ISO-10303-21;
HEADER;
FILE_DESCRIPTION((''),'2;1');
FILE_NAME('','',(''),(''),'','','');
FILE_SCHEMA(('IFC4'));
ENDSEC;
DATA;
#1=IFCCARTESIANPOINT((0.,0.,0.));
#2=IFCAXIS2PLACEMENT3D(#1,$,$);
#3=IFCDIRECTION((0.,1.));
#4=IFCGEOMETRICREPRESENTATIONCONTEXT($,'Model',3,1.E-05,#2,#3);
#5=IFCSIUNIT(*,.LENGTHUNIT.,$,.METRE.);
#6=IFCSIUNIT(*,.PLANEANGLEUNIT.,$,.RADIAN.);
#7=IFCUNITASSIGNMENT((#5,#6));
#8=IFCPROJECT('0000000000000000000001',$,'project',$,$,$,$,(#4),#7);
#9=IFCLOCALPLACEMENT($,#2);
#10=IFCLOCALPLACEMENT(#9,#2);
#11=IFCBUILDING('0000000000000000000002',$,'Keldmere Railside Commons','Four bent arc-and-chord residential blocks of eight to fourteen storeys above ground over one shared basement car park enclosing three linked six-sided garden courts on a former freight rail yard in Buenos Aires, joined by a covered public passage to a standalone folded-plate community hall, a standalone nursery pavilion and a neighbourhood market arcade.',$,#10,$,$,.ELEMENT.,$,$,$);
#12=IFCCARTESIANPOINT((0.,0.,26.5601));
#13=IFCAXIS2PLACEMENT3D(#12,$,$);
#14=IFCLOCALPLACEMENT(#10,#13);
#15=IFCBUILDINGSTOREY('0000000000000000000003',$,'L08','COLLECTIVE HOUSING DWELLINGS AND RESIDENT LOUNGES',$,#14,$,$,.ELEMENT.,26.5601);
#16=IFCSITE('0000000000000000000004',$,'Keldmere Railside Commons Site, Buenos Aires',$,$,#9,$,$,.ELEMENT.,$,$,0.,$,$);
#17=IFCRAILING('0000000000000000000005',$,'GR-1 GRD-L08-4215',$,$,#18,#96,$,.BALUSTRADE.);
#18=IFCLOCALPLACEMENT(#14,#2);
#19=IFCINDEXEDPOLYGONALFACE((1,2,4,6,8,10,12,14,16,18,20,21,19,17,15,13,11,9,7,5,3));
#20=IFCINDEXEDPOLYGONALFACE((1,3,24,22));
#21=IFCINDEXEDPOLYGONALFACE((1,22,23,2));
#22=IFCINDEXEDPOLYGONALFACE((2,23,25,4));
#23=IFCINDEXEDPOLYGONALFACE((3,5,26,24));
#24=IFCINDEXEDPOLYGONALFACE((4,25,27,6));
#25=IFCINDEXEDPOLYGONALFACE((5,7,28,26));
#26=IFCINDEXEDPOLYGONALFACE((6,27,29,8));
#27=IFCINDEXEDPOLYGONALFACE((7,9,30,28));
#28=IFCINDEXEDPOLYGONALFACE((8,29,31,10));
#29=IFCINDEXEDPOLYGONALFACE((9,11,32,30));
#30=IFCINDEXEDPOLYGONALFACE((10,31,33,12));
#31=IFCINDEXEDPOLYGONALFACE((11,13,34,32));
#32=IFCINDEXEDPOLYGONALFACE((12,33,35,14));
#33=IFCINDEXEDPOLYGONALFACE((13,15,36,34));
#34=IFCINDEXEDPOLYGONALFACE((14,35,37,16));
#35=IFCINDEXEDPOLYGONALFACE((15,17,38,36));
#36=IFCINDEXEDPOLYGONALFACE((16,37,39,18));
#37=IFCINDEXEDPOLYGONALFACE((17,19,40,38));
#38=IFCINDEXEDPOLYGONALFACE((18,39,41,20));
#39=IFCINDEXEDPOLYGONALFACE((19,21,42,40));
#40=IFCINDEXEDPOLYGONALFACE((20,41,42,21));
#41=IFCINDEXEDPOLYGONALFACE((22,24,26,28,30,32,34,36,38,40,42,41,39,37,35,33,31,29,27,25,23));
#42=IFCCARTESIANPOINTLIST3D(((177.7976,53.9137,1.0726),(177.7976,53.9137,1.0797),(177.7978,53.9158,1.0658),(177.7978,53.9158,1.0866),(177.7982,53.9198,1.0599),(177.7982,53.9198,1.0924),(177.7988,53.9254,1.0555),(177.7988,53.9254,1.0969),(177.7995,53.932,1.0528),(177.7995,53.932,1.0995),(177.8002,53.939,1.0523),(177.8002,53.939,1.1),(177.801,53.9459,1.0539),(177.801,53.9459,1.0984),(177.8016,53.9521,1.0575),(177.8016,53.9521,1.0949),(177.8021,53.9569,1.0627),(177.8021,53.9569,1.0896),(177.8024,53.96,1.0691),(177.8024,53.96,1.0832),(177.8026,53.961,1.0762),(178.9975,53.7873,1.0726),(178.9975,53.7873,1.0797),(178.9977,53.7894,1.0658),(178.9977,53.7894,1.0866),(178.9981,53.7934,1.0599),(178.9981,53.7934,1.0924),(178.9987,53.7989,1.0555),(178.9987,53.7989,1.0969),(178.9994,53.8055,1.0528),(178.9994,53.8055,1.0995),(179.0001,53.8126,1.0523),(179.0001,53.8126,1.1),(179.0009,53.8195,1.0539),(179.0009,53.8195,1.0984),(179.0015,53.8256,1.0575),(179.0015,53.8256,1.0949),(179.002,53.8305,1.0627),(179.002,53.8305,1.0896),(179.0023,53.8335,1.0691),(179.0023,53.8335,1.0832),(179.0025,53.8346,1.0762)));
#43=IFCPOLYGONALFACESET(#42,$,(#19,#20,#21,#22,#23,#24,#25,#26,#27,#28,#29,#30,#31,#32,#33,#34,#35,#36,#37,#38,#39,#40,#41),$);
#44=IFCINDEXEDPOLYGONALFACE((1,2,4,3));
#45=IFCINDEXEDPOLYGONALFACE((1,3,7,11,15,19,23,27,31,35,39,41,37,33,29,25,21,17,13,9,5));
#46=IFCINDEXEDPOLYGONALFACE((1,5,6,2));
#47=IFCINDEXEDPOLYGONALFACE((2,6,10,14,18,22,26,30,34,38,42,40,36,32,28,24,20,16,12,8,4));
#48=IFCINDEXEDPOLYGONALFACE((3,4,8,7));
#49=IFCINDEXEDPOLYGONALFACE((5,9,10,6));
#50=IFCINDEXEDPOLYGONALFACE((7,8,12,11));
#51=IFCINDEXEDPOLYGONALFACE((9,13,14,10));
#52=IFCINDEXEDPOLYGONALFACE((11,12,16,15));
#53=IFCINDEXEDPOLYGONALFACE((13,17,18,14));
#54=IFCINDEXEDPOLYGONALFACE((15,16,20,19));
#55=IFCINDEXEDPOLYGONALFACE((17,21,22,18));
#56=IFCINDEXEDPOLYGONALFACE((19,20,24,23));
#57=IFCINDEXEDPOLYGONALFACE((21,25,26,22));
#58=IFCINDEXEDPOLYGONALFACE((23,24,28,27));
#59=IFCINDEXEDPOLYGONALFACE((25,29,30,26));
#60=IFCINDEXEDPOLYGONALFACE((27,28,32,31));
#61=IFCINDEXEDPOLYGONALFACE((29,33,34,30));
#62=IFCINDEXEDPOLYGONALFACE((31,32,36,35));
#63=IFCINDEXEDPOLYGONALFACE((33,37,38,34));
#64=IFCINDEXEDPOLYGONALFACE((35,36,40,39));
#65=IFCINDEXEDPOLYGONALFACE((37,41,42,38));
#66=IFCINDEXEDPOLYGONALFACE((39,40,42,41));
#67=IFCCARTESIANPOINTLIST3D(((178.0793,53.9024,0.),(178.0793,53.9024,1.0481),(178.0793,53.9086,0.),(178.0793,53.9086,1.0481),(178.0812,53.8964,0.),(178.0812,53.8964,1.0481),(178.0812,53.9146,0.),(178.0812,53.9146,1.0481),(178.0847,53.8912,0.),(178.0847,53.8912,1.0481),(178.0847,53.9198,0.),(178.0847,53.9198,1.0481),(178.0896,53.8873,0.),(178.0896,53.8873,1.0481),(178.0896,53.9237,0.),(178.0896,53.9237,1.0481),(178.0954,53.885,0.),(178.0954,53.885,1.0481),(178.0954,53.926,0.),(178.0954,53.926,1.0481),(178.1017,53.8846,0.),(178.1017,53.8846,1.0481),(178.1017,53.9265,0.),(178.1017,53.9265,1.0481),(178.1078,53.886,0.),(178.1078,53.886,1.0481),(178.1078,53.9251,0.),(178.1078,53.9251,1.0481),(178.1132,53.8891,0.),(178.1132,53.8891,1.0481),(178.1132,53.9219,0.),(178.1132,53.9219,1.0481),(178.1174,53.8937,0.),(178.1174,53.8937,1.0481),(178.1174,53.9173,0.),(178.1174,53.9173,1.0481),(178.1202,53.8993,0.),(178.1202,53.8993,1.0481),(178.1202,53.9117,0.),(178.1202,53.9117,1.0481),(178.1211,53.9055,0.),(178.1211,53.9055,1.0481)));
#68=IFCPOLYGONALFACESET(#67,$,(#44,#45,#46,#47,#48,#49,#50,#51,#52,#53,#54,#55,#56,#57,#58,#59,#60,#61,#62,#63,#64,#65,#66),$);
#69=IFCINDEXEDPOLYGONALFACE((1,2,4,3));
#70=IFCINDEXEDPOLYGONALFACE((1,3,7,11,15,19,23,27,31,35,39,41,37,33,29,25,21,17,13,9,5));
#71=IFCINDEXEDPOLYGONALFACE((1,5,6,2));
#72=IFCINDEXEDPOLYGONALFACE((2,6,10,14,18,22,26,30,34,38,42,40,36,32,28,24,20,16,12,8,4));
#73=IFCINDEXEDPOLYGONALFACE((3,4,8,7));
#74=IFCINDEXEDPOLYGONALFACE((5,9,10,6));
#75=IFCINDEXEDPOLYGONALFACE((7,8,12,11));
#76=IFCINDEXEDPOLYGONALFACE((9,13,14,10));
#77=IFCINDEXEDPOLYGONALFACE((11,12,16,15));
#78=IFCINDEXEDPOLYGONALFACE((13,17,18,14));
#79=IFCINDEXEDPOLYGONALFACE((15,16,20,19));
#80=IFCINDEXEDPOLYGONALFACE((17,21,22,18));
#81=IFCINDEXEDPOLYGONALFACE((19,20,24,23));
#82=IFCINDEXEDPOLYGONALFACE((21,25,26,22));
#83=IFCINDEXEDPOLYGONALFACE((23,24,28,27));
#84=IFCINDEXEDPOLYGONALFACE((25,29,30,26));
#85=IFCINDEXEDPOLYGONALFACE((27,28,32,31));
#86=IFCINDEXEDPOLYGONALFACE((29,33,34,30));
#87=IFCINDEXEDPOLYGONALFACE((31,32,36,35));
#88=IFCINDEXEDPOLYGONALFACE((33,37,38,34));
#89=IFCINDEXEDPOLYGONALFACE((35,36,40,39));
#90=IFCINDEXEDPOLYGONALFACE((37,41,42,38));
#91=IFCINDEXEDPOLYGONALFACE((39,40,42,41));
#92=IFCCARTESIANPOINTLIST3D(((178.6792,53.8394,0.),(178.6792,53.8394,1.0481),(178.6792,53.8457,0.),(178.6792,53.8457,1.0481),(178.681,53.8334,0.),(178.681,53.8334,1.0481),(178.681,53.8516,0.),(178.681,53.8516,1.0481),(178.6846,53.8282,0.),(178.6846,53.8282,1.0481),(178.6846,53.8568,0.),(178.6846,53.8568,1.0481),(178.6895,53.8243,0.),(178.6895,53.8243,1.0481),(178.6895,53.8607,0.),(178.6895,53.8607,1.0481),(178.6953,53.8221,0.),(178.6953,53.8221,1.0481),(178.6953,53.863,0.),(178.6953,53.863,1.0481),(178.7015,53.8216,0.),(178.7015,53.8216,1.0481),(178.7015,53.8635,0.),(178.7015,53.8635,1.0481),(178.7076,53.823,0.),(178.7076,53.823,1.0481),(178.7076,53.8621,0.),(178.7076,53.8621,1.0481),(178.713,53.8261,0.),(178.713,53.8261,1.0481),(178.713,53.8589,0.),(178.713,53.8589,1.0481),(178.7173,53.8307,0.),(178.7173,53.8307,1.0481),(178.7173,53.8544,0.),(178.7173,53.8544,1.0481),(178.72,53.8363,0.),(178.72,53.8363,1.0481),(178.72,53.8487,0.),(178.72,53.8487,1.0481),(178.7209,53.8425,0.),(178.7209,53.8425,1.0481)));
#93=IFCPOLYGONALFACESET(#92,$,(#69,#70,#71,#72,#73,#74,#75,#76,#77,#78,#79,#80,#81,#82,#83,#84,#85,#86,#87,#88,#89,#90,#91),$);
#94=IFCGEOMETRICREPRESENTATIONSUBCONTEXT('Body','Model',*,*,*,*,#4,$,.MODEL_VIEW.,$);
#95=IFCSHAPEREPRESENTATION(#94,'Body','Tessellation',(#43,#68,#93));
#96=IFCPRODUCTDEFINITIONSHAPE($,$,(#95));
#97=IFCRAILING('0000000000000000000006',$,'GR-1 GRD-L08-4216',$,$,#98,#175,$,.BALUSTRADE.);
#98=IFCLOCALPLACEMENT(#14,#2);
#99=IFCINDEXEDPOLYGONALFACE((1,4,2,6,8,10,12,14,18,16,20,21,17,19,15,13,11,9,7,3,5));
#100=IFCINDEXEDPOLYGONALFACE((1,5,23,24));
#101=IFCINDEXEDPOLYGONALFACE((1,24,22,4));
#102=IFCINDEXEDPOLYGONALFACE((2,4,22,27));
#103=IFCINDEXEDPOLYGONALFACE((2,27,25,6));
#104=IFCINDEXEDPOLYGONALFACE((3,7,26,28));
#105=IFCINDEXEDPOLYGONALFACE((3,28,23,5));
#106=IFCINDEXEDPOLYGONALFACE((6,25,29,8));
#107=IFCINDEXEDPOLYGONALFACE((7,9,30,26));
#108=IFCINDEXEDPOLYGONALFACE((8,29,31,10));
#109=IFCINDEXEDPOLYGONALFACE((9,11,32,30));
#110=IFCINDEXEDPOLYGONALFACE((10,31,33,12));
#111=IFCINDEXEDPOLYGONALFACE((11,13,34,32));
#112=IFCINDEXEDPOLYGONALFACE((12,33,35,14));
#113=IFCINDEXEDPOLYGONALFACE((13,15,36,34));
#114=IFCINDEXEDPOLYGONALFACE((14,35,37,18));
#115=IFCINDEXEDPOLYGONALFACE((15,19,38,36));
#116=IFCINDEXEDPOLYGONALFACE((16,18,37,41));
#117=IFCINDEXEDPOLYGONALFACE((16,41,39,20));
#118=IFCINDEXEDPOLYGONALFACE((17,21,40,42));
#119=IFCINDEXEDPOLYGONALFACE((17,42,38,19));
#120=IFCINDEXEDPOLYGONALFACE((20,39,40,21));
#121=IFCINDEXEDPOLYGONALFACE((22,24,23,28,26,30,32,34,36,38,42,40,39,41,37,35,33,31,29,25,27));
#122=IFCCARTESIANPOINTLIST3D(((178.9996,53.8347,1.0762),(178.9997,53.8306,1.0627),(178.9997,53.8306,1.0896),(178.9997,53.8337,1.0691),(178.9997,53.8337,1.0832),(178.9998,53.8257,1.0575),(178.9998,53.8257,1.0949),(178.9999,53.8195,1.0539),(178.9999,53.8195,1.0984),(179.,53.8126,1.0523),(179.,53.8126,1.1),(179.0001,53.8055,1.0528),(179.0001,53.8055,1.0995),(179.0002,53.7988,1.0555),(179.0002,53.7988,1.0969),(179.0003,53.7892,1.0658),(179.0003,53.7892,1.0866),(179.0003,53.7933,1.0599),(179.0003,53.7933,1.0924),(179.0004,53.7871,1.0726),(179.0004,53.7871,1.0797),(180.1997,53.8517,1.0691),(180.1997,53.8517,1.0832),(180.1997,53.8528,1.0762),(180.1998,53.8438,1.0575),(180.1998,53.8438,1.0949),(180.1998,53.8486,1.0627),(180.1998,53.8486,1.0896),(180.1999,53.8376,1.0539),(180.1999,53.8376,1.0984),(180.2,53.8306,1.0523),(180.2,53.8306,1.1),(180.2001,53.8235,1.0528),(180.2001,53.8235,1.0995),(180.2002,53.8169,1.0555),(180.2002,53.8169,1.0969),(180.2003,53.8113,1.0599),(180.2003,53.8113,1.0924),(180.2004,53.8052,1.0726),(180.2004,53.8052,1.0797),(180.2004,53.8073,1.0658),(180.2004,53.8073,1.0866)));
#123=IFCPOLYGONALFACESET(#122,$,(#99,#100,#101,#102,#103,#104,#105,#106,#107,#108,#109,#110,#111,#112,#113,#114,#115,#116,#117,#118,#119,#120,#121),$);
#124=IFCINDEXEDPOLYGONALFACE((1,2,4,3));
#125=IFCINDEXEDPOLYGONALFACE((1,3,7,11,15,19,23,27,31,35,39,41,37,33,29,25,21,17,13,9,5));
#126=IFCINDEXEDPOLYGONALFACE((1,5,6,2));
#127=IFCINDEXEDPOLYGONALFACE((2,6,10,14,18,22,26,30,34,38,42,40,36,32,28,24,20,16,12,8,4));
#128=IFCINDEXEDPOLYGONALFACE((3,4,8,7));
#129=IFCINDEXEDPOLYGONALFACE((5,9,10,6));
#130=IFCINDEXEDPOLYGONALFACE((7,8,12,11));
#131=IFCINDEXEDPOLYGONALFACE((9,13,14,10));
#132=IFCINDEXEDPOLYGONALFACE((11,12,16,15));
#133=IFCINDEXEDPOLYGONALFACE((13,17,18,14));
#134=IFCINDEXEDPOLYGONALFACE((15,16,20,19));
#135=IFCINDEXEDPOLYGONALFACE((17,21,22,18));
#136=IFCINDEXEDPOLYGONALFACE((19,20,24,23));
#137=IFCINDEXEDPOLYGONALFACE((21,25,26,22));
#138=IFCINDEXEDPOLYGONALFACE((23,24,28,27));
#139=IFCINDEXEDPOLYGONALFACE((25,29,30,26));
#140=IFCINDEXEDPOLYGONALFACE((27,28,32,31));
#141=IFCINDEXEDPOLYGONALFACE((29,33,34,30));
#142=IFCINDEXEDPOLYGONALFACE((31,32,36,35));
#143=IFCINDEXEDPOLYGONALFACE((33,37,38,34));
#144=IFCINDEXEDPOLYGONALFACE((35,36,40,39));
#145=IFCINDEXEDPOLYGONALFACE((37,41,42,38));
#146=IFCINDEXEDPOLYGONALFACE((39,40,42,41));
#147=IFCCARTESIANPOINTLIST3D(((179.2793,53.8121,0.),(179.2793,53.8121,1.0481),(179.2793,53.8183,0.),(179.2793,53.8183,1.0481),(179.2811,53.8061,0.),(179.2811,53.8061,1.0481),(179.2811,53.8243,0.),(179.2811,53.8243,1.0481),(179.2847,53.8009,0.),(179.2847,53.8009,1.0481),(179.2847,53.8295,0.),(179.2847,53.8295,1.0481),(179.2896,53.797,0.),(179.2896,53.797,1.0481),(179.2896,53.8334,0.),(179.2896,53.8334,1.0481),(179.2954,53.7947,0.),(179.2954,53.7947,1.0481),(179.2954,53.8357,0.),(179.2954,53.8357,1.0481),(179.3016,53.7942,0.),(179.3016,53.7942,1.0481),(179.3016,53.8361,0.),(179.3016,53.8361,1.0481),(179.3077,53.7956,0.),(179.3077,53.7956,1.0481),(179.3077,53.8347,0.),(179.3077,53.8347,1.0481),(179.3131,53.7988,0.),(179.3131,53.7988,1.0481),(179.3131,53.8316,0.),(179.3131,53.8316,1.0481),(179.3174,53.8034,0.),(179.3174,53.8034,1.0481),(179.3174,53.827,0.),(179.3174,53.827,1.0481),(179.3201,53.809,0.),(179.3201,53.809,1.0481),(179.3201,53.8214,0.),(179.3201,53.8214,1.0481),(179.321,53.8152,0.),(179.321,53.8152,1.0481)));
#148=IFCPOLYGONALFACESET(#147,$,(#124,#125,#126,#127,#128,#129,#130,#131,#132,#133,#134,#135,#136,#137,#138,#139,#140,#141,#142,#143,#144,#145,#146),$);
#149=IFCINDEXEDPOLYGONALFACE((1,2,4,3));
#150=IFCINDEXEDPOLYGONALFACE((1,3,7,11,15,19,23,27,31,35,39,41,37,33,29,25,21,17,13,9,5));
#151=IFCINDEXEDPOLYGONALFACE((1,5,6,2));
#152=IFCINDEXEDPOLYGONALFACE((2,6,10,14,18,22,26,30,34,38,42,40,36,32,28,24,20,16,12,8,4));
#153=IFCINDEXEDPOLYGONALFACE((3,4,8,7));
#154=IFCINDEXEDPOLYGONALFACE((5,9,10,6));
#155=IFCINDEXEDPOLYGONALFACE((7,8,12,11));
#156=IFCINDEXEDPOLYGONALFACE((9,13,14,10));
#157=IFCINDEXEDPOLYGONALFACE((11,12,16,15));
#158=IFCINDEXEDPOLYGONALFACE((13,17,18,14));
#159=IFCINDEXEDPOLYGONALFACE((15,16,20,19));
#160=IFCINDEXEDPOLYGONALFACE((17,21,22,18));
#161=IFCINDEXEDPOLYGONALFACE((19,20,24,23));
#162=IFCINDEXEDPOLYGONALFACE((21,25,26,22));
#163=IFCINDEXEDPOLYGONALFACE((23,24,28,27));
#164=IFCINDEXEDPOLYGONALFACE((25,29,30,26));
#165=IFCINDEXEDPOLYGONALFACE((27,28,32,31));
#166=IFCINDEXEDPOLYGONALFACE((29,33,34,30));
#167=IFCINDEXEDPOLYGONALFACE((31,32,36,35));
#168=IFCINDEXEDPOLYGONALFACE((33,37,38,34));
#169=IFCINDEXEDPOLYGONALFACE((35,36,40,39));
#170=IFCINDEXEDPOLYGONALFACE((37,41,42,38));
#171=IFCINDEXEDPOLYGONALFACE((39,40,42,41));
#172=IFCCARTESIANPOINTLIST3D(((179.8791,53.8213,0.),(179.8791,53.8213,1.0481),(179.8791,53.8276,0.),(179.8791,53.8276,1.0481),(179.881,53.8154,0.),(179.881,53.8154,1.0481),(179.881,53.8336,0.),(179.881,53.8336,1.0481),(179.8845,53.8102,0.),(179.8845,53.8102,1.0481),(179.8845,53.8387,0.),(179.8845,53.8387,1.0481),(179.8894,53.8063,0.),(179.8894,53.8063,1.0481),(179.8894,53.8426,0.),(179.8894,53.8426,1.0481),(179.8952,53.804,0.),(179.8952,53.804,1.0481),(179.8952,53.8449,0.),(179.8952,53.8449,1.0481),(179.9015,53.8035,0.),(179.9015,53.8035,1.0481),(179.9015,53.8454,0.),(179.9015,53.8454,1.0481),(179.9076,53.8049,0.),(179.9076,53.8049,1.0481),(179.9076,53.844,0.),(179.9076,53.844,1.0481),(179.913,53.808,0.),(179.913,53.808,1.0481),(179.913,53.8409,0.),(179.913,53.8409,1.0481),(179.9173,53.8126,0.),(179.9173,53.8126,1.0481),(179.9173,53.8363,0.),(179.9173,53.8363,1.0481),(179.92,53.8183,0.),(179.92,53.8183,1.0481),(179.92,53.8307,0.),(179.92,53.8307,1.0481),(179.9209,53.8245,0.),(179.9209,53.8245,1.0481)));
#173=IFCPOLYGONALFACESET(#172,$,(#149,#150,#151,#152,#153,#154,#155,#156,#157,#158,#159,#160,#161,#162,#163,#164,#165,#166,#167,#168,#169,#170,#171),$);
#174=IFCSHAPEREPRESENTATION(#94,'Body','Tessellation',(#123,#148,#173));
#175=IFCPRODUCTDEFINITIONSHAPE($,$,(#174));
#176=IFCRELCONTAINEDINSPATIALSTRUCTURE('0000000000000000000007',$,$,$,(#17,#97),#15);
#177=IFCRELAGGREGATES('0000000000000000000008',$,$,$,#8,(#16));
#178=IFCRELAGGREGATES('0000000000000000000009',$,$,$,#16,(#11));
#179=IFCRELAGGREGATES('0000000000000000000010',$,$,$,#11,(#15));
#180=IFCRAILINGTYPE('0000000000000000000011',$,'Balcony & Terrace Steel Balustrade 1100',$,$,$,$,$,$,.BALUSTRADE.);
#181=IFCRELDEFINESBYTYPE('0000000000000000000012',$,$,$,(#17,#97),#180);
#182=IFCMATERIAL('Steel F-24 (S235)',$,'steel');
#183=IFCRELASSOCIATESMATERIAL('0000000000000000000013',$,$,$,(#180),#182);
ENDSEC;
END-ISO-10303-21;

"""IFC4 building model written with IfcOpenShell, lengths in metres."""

from ifc_helpers import new_model, si_unit, direction, frame, origin, origin_2d, place, context, subcontext, project, spatial, circle, extrude, material, type_object, element, save


model = new_model("IFC4")

# Units and contexts
model_context = context("Model", 3, precision=1e-05, world=origin(), true_north=direction((0.0, 1.0)))
body_context = subcontext(model_context, "Body", "Model", "MODEL_VIEW")
ifc_project = project(units=[si_unit("LENGTHUNIT", "METRE"), si_unit("PLANEANGLEUNIT", "RADIAN")], contexts=[model_context])

# Site, building, storey
site_placement = place(None, origin())
site = spatial("IfcSite", under=ifc_project, at=site_placement, Name="Keldmere Railside Commons Site, Buenos Aires", CompositionType="ELEMENT", RefElevation=0.0)
building_placement = place(site_placement, origin())
building = spatial("IfcBuilding", under=site, at=building_placement, Name="Keldmere Railside Commons", Description="Four bent arc-and-chord residential blocks of eight to fourteen storeys above ground over one shared basement car park enclosing three linked six-sided garden courts on a former freight rail yard in Buenos Aires, joined by a covered public passage to a standalone folded-plate community hall, a standalone nursery pavilion and a neighbourhood market arcade.", CompositionType="ELEMENT")
storey_placement = place(building_placement, frame((0.0, 0.0, 26.5601)))
storey = spatial("IfcBuildingStorey", under=building, at=storey_placement, Name="L08", Description="COLLECTIVE HOUSING DWELLINGS AND RESIDENT LOUNGES", CompositionType="ELEMENT", Elevation=26.5601)

# Shared definitions
ifc_material_1 = material(Name="Steel F-24 (S235)", Category="steel")

# Railings
railing_type = type_object("IfcRailingType", Name="Balcony & Terrace Steel Balustrade 1100", PredefinedType="BALUSTRADE", material=ifc_material_1)
railing_1_placement = place(storey_placement, frame((177.8, 53.9373, 0.0)))
element("IfcRailing", 1, at=railing_1_placement, inside=storey, type_object=railing_type, Name="GR-1 GRD-L08-4215", PredefinedType="BALUSTRADE", context=body_context, shape_type="SweptSolid", body=[
    extrude(circle(Radius=0.0239, at=origin_2d()), frame((0.0, 0.0, 1.0762), z_axis=(0.994492, -0.104811, 0.0), x_axis=(0.104811, 0.994492, 0.0)), (0.0, 0.0, 1.0), 1.2065),
    extrude(circle(Radius=0.021, at=origin_2d()), frame((0.3, -0.0317, 0.0)), (0.0, 0.0, 1.0), 1.0481),
    extrude(circle(Radius=0.021, at=origin_2d()), frame((0.8999, -0.0947, 0.0)), (0.0, 0.0, 1.0), 1.0481),
])
railing_2_placement = place(storey_placement, frame((179.0, 53.8108, 0.0)))
element("IfcRailing", 2, at=railing_2_placement, inside=storey, type_object=railing_type, Name="GR-1 GRD-L08-4216", PredefinedType="BALUSTRADE", context=body_context, shape_type="SweptSolid", body=[
    extrude(circle(Radius=0.0239, at=origin_2d()), frame((0.0, 0.0, 1.0762), z_axis=(0.999887, 0.015054, 0.0), x_axis=(-0.015054, 0.999887, 0.0)), (0.0, 0.0, 1.0), 1.2002),
    extrude(circle(Radius=0.021, at=origin_2d()), frame((0.3, 0.0044, 0.0)), (0.0, 0.0, 1.0), 1.0481),
    extrude(circle(Radius=0.021, at=origin_2d()), frame((0.8999, 0.0137, 0.0)), (0.0, 0.0, 1.0), 1.0481),
])

save(model, "model.ifc")
